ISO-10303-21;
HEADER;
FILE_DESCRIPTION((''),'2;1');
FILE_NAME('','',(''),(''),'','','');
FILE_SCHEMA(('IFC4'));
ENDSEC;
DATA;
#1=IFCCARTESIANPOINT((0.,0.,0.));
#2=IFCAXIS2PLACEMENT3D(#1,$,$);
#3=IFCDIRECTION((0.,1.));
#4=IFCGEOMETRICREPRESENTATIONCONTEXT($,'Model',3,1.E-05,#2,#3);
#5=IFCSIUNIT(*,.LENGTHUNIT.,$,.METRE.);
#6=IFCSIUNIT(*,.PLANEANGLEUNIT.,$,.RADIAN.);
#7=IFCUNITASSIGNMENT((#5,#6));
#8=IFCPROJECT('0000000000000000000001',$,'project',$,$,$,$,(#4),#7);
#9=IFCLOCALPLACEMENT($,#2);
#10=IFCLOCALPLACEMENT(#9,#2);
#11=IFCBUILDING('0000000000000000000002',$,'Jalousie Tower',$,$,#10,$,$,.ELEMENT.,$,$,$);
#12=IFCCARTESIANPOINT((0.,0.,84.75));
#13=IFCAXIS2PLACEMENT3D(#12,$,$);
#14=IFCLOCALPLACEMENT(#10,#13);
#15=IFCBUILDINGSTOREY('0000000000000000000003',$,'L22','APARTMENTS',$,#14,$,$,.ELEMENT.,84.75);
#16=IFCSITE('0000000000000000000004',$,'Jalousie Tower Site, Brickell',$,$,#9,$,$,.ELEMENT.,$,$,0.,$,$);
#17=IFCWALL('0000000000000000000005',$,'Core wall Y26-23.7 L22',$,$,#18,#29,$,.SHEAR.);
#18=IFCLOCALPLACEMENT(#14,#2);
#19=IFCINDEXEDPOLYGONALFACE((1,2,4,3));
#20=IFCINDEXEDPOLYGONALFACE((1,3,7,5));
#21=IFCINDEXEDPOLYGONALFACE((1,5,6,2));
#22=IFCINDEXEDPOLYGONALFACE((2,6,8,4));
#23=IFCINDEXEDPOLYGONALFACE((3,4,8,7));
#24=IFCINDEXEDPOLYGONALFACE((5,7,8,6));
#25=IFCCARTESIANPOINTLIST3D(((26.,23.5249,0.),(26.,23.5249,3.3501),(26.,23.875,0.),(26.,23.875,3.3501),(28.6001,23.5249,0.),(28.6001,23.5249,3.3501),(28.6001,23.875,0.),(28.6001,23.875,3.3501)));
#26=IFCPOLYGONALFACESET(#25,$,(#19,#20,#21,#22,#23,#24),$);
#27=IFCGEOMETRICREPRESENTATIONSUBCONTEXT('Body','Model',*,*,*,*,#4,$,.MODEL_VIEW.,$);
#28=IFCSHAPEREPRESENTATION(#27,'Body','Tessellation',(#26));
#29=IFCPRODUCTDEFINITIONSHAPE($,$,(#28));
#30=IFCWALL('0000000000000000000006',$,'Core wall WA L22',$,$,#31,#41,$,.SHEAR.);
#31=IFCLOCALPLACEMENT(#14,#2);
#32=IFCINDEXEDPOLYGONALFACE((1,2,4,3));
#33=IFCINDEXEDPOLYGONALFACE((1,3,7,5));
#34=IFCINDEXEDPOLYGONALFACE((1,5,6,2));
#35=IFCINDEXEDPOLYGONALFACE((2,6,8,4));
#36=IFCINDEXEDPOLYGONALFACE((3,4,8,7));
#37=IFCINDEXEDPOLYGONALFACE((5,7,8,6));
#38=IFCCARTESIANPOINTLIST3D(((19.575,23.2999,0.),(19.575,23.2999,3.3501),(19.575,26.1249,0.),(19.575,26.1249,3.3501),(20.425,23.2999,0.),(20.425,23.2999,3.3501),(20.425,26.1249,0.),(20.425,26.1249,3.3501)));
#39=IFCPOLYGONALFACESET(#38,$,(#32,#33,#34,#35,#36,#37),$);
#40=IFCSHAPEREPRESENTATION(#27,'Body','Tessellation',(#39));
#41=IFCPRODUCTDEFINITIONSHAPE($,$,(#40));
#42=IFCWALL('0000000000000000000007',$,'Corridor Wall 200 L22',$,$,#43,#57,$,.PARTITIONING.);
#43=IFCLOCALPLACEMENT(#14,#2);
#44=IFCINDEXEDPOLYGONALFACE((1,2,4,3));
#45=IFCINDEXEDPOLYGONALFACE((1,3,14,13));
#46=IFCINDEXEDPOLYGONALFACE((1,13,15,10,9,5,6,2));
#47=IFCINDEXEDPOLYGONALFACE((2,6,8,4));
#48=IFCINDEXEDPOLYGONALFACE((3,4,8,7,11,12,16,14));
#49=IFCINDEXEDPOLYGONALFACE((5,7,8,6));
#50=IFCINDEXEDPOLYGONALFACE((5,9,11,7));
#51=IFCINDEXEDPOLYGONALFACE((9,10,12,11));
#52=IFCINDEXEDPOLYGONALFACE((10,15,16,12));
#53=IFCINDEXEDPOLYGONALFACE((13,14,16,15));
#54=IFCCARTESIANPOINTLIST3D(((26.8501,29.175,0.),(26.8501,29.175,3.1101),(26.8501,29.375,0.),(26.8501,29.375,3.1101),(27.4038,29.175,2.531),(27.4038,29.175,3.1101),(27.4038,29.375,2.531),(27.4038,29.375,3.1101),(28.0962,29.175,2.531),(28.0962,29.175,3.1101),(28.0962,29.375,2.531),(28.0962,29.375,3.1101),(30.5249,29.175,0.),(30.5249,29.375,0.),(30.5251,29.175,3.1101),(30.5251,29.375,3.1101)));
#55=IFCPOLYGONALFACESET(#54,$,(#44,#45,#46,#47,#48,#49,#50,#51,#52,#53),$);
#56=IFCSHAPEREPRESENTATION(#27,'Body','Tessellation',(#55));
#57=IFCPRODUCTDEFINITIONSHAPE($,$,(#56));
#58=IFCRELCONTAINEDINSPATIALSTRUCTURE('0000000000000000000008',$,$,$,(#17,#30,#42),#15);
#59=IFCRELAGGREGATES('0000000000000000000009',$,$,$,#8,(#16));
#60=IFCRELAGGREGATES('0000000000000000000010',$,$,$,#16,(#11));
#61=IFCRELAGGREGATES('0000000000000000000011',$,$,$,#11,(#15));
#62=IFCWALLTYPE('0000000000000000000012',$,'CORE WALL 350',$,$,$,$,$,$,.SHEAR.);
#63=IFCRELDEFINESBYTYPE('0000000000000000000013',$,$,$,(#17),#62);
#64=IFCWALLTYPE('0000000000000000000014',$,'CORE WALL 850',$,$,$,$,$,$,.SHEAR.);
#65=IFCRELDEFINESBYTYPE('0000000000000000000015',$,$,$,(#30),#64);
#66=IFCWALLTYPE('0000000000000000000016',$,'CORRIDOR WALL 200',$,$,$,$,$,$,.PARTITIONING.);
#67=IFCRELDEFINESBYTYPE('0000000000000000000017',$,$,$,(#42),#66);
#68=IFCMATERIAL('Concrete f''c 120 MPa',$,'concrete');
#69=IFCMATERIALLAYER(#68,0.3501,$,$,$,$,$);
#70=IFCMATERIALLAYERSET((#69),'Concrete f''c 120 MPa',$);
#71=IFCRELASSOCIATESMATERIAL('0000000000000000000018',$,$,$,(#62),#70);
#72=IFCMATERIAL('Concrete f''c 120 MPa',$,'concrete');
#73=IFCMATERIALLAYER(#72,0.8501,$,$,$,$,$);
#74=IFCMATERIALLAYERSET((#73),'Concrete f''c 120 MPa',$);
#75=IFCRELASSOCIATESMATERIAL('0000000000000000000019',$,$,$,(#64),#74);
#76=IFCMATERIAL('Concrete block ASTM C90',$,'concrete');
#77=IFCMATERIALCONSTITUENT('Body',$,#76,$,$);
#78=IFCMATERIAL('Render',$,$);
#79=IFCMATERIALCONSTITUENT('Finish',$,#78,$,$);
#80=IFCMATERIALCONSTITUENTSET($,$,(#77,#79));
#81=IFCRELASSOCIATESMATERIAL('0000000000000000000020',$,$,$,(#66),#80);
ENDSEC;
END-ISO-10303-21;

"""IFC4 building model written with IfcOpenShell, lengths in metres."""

from ifc_helpers import new_model, si_unit, direction, frame, frame_2d, origin, place, context, subcontext, project, spatial, polyline, rectangle, outline, extrude, material, layer, layer_set, constituent, constituent_set, type_object, element, save


model = new_model("IFC4")

# Units and contexts
model_context = context("Model", 3, precision=1e-05, world=origin(), true_north=direction((0.0, 1.0)))
body_context = subcontext(model_context, "Body", "Model", "MODEL_VIEW")
ifc_project = project(units=[si_unit("LENGTHUNIT", "METRE"), si_unit("PLANEANGLEUNIT", "RADIAN")], contexts=[model_context])

# Site, building, storey
site_placement = place(None, origin())
site = spatial("IfcSite", under=ifc_project, at=site_placement, Name="Jalousie Tower Site, Brickell", CompositionType="ELEMENT", RefElevation=0.0)
building_placement = place(site_placement, origin())
building = spatial("IfcBuilding", under=site, at=building_placement, Name="Jalousie Tower", CompositionType="ELEMENT")
storey_placement = place(building_placement, frame((0.0, 0.0, 84.75)))
storey = spatial("IfcBuildingStorey", under=building, at=storey_placement, Name="L22", Description="APARTMENTS", CompositionType="ELEMENT", Elevation=84.75)

# Shared definitions
ifc_material_1 = material(Name="Concrete f'c 120 MPa", Category="concrete")
ifc_layer_1 = layer(ifc_material_1, 0.3501)
ifc_layer_set_1 = layer_set([ifc_layer_1], Name="Concrete f'c 120 MPa")
wall_type_1 = type_object("IfcWallType", Name="CORE WALL 350", PredefinedType="SHEAR", material=ifc_layer_set_1)

# Walls
for number, where, z_axis, x_axis, name in (
    (1, (26.0, 23.7, 0.0), (0.0, 0.0, 1.0), (1.0, 0.0, 0.0), "Core wall Y26-23.7 L22"),
):
    element("IfcWall", number, at=place(storey_placement, frame(where, z_axis=z_axis, x_axis=x_axis)), inside=storey, type_object=wall_type_1, Name=name, PredefinedType="SHEAR", context=body_context, shape_type="SweptSolid", body=[
        extrude(rectangle(XDim=2.6001, YDim=0.3501, at=frame_2d((1.3, 0.0))), origin(), (0.0, 0.0, 1.0), 3.3501),
    ])
ifc_material_2 = material(Name="Concrete f'c 120 MPa", Category="concrete")
ifc_layer_2 = layer(ifc_material_2, 0.8501)
ifc_layer_set_2 = layer_set([ifc_layer_2], Name="Concrete f'c 120 MPa")
wall_type_2 = type_object("IfcWallType", Name="CORE WALL 850", PredefinedType="SHEAR", material=ifc_layer_set_2)
wall_1_placement = place(storey_placement, frame((20.0, 26.125, 0.0), z_axis=(0.0, 0.0, 1.0), x_axis=(0.0, -1.0, 0.0)))
element("IfcWall", 2, at=wall_1_placement, inside=storey, type_object=wall_type_2, Name="Core wall WA L22", PredefinedType="SHEAR", context=body_context, shape_type="SweptSolid", body=[
    extrude(rectangle(XDim=2.825, YDim=0.8501, at=frame_2d((1.4126, 0.0))), origin(), (0.0, 0.0, 1.0), 3.3501),
])
ifc_material_3 = material(Name="Concrete block ASTM C90", Category="concrete")
ifc_constituent_1 = constituent(ifc_material_3, Name="Body")
ifc_material_4 = material(Name="Render")
ifc_constituent_2 = constituent(ifc_material_4, Name="Finish")
ifc_constituent_set = constituent_set(constituents=[ifc_constituent_1, ifc_constituent_2])
wall_type_3 = type_object("IfcWallType", Name="CORRIDOR WALL 200", PredefinedType="PARTITIONING", material=ifc_constituent_set)
wall_2_placement = place(storey_placement, frame((26.8501, 29.2749, 0.0), z_axis=(0.0, 0.0, 1.0), x_axis=(1.0, 0.0, 0.0)))
element("IfcWall", 3, at=wall_2_placement, inside=storey, type_object=wall_type_3, Name="Corridor Wall 200 L22", PredefinedType="PARTITIONING", context=body_context, shape_type="SweptSolid", body=[
    extrude(outline(polyline([(0.0, 0.0), (3.6748, 0.0), (3.675, 3.1101), (1.2461, 3.1101), (1.2461, 2.531), (0.5537, 2.531), (0.5537, 3.1101), (0.0, 3.1101), (0.0, 0.0)])), frame((0.0, 0.1001, 0.0), z_axis=(0.0, -1.0, 0.0), x_axis=(1.0, 0.0, 0.0)), (0.0, 0.0, 1.0), 0.2),
])

save(model, "model.ifc")
